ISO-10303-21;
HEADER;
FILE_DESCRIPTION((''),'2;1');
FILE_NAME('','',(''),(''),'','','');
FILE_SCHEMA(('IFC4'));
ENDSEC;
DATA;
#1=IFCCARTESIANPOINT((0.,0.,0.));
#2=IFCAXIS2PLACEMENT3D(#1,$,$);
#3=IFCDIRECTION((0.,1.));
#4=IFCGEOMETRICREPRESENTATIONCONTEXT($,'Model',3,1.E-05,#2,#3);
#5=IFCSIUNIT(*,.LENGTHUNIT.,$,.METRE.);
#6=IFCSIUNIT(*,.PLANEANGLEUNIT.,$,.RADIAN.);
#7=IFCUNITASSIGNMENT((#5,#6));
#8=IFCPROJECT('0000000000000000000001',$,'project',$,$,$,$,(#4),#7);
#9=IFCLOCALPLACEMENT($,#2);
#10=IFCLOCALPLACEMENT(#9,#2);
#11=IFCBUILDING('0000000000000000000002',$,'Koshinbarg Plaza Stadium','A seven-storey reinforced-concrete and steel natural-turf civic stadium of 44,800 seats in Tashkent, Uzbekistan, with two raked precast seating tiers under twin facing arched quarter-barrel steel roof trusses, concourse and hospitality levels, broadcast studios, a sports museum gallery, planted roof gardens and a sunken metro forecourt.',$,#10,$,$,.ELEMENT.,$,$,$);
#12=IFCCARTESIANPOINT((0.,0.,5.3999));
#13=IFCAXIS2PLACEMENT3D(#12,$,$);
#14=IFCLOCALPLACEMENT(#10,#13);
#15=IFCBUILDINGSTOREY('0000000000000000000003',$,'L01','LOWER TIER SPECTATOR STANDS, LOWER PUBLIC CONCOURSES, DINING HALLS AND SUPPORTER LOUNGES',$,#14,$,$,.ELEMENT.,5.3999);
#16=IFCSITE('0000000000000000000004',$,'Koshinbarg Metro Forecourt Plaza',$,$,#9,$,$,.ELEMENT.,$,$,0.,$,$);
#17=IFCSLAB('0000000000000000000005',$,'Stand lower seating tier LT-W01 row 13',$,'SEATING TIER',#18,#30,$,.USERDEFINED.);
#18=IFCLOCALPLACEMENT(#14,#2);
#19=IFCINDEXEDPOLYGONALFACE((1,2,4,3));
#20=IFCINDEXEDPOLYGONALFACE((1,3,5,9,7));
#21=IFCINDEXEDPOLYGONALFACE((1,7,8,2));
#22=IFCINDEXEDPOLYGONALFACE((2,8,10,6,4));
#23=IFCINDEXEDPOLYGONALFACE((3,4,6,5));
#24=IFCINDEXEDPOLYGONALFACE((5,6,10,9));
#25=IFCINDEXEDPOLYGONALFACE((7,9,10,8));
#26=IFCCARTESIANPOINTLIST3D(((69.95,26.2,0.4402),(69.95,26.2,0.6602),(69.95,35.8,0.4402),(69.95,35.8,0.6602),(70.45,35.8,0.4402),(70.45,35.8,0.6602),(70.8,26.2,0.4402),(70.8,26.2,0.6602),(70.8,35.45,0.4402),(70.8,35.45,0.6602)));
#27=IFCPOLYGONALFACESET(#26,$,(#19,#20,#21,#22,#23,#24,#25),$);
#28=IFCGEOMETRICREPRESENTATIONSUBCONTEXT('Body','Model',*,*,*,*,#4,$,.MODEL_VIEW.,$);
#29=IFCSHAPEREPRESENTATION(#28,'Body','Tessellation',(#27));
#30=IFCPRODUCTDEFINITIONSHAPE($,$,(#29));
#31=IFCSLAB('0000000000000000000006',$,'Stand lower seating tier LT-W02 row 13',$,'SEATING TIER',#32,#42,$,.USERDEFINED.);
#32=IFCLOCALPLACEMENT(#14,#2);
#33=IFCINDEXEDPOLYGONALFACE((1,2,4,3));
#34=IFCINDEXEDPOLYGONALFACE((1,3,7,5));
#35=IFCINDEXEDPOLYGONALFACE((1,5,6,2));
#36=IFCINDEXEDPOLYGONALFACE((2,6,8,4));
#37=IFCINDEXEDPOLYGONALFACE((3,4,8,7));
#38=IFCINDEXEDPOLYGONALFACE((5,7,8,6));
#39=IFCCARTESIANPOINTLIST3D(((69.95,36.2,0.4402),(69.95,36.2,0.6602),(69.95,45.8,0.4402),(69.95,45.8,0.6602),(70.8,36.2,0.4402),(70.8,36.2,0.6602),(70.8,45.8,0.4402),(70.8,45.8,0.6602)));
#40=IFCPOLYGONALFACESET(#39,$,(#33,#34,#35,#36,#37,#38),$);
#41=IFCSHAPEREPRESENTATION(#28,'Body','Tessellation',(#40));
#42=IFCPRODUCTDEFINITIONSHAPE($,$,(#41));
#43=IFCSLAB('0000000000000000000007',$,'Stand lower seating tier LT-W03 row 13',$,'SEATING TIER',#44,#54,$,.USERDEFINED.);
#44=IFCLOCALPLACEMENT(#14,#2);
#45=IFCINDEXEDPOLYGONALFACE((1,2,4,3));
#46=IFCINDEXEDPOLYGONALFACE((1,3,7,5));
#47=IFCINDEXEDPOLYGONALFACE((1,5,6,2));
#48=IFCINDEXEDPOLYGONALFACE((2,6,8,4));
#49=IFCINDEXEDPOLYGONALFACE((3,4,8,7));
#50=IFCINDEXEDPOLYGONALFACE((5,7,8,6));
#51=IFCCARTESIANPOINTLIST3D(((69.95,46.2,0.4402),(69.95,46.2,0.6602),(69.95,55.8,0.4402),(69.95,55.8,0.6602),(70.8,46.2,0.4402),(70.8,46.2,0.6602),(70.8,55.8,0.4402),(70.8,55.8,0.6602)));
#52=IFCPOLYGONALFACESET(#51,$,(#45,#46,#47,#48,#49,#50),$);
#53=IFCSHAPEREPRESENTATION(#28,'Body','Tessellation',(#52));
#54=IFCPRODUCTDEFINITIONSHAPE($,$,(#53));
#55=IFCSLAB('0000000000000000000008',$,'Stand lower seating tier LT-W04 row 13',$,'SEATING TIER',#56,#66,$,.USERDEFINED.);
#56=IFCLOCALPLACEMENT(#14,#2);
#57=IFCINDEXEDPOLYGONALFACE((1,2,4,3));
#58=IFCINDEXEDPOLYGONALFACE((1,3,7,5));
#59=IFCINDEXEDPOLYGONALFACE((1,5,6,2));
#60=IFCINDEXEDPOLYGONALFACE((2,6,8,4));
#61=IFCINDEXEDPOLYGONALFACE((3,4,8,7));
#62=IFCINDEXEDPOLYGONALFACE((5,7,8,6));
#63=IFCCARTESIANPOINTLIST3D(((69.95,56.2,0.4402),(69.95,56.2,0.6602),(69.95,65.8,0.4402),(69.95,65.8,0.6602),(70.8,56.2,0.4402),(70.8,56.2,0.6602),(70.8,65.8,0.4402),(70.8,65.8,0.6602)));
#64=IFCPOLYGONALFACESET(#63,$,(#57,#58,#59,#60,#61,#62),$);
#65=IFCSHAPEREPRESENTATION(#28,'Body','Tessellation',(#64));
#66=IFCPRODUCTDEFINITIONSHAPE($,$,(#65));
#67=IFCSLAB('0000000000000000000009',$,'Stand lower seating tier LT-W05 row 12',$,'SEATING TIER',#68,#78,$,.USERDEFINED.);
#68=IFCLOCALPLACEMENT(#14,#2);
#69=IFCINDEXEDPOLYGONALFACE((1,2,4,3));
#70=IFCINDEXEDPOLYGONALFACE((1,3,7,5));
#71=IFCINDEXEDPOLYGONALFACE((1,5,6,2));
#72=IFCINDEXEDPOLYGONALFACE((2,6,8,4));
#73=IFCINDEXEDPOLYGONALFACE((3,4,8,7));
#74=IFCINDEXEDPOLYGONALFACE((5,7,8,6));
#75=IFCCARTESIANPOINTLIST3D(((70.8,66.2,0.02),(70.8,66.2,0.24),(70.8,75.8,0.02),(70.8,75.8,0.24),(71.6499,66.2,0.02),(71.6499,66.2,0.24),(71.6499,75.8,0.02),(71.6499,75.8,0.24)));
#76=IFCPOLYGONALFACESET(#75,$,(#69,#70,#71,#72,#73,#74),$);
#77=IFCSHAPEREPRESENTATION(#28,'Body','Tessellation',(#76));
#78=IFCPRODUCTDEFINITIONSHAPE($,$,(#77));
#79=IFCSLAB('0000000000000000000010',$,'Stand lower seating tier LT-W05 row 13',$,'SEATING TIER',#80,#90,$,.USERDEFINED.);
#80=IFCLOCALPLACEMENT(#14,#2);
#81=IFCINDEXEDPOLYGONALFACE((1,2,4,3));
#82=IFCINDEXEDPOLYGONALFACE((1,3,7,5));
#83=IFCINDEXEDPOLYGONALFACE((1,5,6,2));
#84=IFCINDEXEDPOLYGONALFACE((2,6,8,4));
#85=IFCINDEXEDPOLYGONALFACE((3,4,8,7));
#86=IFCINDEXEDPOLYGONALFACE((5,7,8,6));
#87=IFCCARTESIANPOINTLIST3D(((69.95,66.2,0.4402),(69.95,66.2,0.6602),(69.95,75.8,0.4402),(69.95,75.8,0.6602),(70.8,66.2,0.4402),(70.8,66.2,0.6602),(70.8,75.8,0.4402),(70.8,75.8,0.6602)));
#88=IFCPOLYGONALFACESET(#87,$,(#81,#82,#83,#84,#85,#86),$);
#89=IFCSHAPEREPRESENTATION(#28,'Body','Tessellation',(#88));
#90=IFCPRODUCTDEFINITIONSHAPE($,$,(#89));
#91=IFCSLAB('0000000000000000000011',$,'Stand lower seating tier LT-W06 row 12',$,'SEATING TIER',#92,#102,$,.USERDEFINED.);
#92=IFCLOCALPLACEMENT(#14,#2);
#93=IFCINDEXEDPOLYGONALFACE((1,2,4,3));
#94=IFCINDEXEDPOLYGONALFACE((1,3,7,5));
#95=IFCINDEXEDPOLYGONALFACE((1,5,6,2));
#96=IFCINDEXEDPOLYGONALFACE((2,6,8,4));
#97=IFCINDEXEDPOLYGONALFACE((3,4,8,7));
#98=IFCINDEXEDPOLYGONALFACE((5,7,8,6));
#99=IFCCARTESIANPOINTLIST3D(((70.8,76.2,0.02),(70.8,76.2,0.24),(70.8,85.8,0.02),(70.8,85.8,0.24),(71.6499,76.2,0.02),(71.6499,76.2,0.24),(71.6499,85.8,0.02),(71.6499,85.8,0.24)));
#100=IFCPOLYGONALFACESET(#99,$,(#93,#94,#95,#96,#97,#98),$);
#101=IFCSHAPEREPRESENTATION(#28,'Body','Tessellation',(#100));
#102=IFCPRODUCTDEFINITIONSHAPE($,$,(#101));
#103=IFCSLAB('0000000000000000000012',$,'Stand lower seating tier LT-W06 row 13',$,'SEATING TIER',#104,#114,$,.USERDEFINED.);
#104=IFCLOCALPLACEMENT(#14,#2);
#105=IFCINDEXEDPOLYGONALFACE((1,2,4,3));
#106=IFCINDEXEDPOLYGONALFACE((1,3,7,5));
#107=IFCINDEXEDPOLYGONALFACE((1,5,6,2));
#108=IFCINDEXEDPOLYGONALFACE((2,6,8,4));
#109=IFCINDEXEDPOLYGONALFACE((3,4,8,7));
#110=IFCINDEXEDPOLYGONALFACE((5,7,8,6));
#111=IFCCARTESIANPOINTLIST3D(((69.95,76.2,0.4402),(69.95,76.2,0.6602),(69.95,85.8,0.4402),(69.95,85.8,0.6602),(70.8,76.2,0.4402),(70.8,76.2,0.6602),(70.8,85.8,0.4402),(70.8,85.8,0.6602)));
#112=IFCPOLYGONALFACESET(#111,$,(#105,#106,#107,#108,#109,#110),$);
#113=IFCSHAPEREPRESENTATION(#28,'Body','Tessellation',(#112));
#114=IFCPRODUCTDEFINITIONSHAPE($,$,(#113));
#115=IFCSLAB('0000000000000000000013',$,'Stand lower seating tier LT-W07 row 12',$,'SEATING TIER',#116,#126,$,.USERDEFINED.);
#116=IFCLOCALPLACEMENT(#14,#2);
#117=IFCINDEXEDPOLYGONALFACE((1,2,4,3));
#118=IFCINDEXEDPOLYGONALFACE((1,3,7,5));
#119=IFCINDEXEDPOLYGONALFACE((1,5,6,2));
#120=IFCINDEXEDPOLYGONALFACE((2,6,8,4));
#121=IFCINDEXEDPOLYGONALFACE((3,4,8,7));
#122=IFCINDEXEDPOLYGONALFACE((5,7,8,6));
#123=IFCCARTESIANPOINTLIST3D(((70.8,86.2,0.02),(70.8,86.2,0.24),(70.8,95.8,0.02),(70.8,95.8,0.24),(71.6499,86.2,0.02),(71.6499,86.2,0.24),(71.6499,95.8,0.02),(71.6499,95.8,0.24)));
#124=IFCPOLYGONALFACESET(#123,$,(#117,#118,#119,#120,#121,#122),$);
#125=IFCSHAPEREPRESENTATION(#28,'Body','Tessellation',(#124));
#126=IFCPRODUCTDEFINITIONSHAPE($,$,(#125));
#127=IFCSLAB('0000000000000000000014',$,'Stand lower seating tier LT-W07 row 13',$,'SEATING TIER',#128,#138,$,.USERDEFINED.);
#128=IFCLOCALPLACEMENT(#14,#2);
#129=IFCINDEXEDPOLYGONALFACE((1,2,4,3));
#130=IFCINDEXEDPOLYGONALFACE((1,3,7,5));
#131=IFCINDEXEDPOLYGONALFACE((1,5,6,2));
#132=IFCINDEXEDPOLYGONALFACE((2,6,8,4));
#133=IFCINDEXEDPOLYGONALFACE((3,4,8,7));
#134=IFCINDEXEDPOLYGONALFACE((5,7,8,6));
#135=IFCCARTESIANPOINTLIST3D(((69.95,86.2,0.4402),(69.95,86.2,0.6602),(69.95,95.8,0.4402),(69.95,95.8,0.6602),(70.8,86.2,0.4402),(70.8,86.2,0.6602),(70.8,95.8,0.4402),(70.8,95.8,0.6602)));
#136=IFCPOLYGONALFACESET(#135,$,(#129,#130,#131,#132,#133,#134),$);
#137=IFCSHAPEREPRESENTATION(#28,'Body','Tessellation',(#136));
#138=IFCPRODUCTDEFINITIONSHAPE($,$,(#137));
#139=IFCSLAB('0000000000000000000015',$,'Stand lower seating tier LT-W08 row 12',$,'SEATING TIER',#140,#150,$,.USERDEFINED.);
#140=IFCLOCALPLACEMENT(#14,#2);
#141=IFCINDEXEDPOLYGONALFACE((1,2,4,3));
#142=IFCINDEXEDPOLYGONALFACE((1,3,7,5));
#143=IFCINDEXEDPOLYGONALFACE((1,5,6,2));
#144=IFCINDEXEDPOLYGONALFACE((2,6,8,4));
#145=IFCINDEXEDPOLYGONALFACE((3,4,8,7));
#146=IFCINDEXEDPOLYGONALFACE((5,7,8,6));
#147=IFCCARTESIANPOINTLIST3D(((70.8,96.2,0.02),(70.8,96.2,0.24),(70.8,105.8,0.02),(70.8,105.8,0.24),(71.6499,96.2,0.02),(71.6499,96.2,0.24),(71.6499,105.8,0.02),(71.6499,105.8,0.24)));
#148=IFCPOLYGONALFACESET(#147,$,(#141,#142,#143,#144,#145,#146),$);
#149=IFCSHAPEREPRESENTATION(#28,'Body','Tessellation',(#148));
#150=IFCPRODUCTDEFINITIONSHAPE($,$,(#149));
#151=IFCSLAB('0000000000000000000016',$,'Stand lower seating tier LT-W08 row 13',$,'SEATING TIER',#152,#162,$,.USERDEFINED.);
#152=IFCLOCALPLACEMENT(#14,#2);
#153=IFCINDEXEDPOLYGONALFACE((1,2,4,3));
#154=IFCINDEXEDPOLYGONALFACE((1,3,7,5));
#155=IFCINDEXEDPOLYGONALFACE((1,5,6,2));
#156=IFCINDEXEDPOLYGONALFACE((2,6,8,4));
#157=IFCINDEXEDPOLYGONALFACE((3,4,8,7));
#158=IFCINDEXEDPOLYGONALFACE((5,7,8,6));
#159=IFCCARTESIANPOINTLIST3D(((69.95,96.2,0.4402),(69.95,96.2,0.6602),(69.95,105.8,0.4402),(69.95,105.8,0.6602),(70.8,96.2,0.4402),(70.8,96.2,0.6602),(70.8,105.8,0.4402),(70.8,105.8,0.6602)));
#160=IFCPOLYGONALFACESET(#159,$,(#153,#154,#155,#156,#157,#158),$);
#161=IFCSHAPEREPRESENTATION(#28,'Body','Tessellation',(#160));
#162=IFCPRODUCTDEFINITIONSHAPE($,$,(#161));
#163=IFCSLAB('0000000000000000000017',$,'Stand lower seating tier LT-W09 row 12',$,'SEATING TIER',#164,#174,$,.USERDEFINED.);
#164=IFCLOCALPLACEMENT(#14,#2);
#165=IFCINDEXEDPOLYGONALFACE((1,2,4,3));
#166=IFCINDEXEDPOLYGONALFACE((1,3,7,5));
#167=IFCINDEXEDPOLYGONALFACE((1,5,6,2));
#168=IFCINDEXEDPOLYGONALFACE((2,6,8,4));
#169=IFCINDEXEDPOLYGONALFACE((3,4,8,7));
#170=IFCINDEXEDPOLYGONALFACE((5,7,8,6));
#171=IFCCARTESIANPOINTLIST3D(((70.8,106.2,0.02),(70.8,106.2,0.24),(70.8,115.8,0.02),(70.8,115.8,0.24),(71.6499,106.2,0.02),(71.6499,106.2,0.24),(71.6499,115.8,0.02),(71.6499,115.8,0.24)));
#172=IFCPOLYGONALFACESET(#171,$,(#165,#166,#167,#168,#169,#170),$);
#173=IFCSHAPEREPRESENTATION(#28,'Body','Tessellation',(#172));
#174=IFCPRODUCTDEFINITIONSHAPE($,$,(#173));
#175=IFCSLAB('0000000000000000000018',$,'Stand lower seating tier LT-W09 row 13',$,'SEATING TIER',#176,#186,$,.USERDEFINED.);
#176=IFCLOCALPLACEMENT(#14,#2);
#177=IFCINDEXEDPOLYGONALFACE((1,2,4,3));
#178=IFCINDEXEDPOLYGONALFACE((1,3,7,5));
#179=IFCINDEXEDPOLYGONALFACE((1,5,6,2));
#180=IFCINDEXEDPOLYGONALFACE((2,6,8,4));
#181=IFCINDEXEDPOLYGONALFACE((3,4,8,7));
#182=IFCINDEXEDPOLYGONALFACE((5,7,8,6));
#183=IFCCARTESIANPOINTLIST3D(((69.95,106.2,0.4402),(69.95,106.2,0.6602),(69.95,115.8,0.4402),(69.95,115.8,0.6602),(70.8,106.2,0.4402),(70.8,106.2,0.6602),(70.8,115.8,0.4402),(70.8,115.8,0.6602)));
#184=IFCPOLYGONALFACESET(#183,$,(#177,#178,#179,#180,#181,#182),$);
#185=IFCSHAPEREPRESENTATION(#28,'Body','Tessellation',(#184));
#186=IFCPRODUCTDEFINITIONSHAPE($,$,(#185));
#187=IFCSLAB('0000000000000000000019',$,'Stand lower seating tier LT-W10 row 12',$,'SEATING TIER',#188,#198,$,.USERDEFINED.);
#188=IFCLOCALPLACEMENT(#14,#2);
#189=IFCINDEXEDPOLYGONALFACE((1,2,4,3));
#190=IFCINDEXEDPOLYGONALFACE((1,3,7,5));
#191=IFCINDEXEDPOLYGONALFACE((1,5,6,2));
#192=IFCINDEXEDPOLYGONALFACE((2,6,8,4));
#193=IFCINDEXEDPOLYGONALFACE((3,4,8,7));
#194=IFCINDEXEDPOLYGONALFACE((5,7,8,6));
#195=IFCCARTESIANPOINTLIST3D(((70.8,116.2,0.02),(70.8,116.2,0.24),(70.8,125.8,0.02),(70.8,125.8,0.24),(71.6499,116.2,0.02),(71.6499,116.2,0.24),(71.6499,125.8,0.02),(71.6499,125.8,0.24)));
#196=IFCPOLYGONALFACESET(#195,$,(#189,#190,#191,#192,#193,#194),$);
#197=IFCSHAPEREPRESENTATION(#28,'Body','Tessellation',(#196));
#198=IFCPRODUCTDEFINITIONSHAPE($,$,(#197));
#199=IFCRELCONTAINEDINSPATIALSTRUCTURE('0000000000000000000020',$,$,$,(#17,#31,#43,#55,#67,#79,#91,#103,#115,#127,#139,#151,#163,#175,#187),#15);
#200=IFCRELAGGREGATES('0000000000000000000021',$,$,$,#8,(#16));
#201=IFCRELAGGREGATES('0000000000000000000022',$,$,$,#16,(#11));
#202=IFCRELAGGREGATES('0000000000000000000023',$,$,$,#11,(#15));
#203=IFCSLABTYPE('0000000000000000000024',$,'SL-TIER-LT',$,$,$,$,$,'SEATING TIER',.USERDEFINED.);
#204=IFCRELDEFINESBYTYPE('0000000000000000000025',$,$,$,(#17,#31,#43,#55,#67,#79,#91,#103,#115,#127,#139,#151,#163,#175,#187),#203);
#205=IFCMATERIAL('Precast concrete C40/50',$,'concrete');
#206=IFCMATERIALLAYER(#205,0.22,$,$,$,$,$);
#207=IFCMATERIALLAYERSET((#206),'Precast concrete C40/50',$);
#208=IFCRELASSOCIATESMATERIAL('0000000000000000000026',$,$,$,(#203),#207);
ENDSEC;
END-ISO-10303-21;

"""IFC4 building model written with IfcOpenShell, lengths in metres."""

from ifc_helpers import new_model, si_unit, direction, frame, origin, place, context, subcontext, project, spatial, polyline, outline, extrude, material, layer, layer_set, type_object, element, save


model = new_model("IFC4")

# Units and contexts
model_context = context("Model", 3, precision=1e-05, world=origin(), true_north=direction((0.0, 1.0)))
body_context = subcontext(model_context, "Body", "Model", "MODEL_VIEW")
ifc_project = project(units=[si_unit("LENGTHUNIT", "METRE"), si_unit("PLANEANGLEUNIT", "RADIAN")], contexts=[model_context])

# Site, building, storey
site_placement = place(None, origin())
site = spatial("IfcSite", under=ifc_project, at=site_placement, Name="Koshinbarg Metro Forecourt Plaza", CompositionType="ELEMENT", RefElevation=0.0)
building_placement = place(site_placement, origin())
building = spatial("IfcBuilding", under=site, at=building_placement, Name="Koshinbarg Plaza Stadium", Description="A seven-storey reinforced-concrete and steel natural-turf civic stadium of 44,800 seats in Tashkent, Uzbekistan, with two raked precast seating tiers under twin facing arched quarter-barrel steel roof trusses, concourse and hospitality levels, broadcast studios, a sports museum gallery, planted roof gardens and a sunken metro forecourt.", CompositionType="ELEMENT")
storey_placement = place(building_placement, frame((0.0, 0.0, 5.3999)))
storey = spatial("IfcBuildingStorey", under=building, at=storey_placement, Name="L01", Description="LOWER TIER SPECTATOR STANDS, LOWER PUBLIC CONCOURSES, DINING HALLS AND SUPPORTER LOUNGES", CompositionType="ELEMENT", Elevation=5.3999)

# Slabs
ifc_material = material(Name="Precast concrete C40/50", Category="concrete")
ifc_layer = layer(ifc_material, 0.22)
ifc_layer_set = layer_set([ifc_layer], Name="Precast concrete C40/50")
slab_type = type_object("IfcSlabType", Name="SL-TIER-LT", ElementType="SEATING TIER", PredefinedType="USERDEFINED", material=ifc_layer_set)
slab_1_placement = place(storey_placement, frame((0.0, 0.0, 0.4402)))
element("IfcSlab", 1, at=slab_1_placement, inside=storey, type_object=slab_type, Name="Stand lower seating tier LT-W01 row 13", ObjectType="SEATING TIER", PredefinedType="USERDEFINED", context=body_context, shape_type="SweptSolid", body=[
    extrude(outline(polyline([(69.95, 26.2), (70.8, 26.2), (70.8, 35.45), (70.45, 35.8), (69.95, 35.8), (69.95, 26.2)])), origin(), (0.0, 0.0, 1.0), 0.22),
])
slab_2_placement = place(storey_placement, frame((0.0, 0.0, 0.4402)))
element("IfcSlab", 2, at=slab_2_placement, inside=storey, type_object=slab_type, Name="Stand lower seating tier LT-W02 row 13", ObjectType="SEATING TIER", PredefinedType="USERDEFINED", context=body_context, shape_type="SweptSolid", body=[
    extrude(outline(polyline([(69.95, 36.2), (70.8, 36.2), (70.8, 45.8), (69.95, 45.8), (69.95, 36.2)])), origin(), (0.0, 0.0, 1.0), 0.22),
])
slab_3_placement = place(storey_placement, frame((0.0, 0.0, 0.4402)))
element("IfcSlab", 3, at=slab_3_placement, inside=storey, type_object=slab_type, Name="Stand lower seating tier LT-W03 row 13", ObjectType="SEATING TIER", PredefinedType="USERDEFINED", context=body_context, shape_type="SweptSolid", body=[
    extrude(outline(polyline([(69.95, 46.2), (70.8, 46.2), (70.8, 55.8), (69.95, 55.8), (69.95, 46.2)])), origin(), (0.0, 0.0, 1.0), 0.22),
])
slab_4_placement = place(storey_placement, frame((0.0, 0.0, 0.4402)))
element("IfcSlab", 4, at=slab_4_placement, inside=storey, type_object=slab_type, Name="Stand lower seating tier LT-W04 row 13", ObjectType="SEATING TIER", PredefinedType="USERDEFINED", context=body_context, shape_type="SweptSolid", body=[
    extrude(outline(polyline([(69.95, 56.2), (70.8, 56.2), (70.8, 65.8), (69.95, 65.8), (69.95, 56.2)])), origin(), (0.0, 0.0, 1.0), 0.22),
])
slab_5_placement = place(storey_placement, frame((0.0, 0.0, 0.02)))
element("IfcSlab", 5, at=slab_5_placement, inside=storey, type_object=slab_type, Name="Stand lower seating tier LT-W05 row 12", ObjectType="SEATING TIER", PredefinedType="USERDEFINED", context=body_context, shape_type="SweptSolid", body=[
    extrude(outline(polyline([(70.8, 66.2), (71.6499, 66.2), (71.6499, 75.8), (70.8, 75.8), (70.8, 66.2)])), origin(), (0.0, 0.0, 1.0), 0.22),
])
slab_6_placement = place(storey_placement, frame((0.0, 0.0, 0.4402)))
element("IfcSlab", 6, at=slab_6_placement, inside=storey, type_object=slab_type, Name="Stand lower seating tier LT-W05 row 13", ObjectType="SEATING TIER", PredefinedType="USERDEFINED", context=body_context, shape_type="SweptSolid", body=[
    extrude(outline(polyline([(69.95, 66.2), (70.8, 66.2), (70.8, 75.8), (69.95, 75.8), (69.95, 66.2)])), origin(), (0.0, 0.0, 1.0), 0.22),
])
slab_7_placement = place(storey_placement, frame((0.0, 0.0, 0.02)))
element("IfcSlab", 7, at=slab_7_placement, inside=storey, type_object=slab_type, Name="Stand lower seating tier LT-W06 row 12", ObjectType="SEATING TIER", PredefinedType="USERDEFINED", context=body_context, shape_type="SweptSolid", body=[
    extrude(outline(polyline([(70.8, 76.2), (71.6499, 76.2), (71.6499, 85.8), (70.8, 85.8), (70.8, 76.2)])), origin(), (0.0, 0.0, 1.0), 0.22),
])
slab_8_placement = place(storey_placement, frame((0.0, 0.0, 0.4402)))
element("IfcSlab", 8, at=slab_8_placement, inside=storey, type_object=slab_type, Name="Stand lower seating tier LT-W06 row 13", ObjectType="SEATING TIER", PredefinedType="USERDEFINED", context=body_context, shape_type="SweptSolid", body=[
    extrude(outline(polyline([(69.95, 76.2), (70.8, 76.2), (70.8, 85.8), (69.95, 85.8), (69.95, 76.2)])), origin(), (0.0, 0.0, 1.0), 0.22),
])
slab_9_placement = place(storey_placement, frame((0.0, 0.0, 0.02)))
element("IfcSlab", 9, at=slab_9_placement, inside=storey, type_object=slab_type, Name="Stand lower seating tier LT-W07 row 12", ObjectType="SEATING TIER", PredefinedType="USERDEFINED", context=body_context, shape_type="SweptSolid", body=[
    extrude(outline(polyline([(70.8, 86.2), (71.6499, 86.2), (71.6499, 95.8), (70.8, 95.8), (70.8, 86.2)])), origin(), (0.0, 0.0, 1.0), 0.22),
])
slab_10_placement = place(storey_placement, frame((0.0, 0.0, 0.4402)))
element("IfcSlab", 10, at=slab_10_placement, inside=storey, type_object=slab_type, Name="Stand lower seating tier LT-W07 row 13", ObjectType="SEATING TIER", PredefinedType="USERDEFINED", context=body_context, shape_type="SweptSolid", body=[
    extrude(outline(polyline([(69.95, 86.2), (70.8, 86.2), (70.8, 95.8), (69.95, 95.8), (69.95, 86.2)])), origin(), (0.0, 0.0, 1.0), 0.22),
])
slab_11_placement = place(storey_placement, frame((0.0, 0.0, 0.02)))
element("IfcSlab", 11, at=slab_11_placement, inside=storey, type_object=slab_type, Name="Stand lower seating tier LT-W08 row 12", ObjectType="SEATING TIER", PredefinedType="USERDEFINED", context=body_context, shape_type="SweptSolid", body=[
    extrude(outline(polyline([(70.8, 96.2), (71.6499, 96.2), (71.6499, 105.8), (70.8, 105.8), (70.8, 96.2)])), origin(), (0.0, 0.0, 1.0), 0.22),
])
slab_12_placement = place(storey_placement, frame((0.0, 0.0, 0.4402)))
element("IfcSlab", 12, at=slab_12_placement, inside=storey, type_object=slab_type, Name="Stand lower seating tier LT-W08 row 13", ObjectType="SEATING TIER", PredefinedType="USERDEFINED", context=body_context, shape_type="SweptSolid", body=[
    extrude(outline(polyline([(69.95, 96.2), (70.8, 96.2), (70.8, 105.8), (69.95, 105.8), (69.95, 96.2)])), origin(), (0.0, 0.0, 1.0), 0.22),
])
slab_13_placement = place(storey_placement, frame((0.0, 0.0, 0.02)))
element("IfcSlab", 13, at=slab_13_placement, inside=storey, type_object=slab_type, Name="Stand lower seating tier LT-W09 row 12", ObjectType="SEATING TIER", PredefinedType="USERDEFINED", context=body_context, shape_type="SweptSolid", body=[
    extrude(outline(polyline([(70.8, 106.2), (71.6499, 106.2), (71.6499, 115.8), (70.8, 115.8), (70.8, 106.2)])), origin(), (0.0, 0.0, 1.0), 0.22),
])
slab_14_placement = place(storey_placement, frame((0.0, 0.0, 0.4402)))
element("IfcSlab", 14, at=slab_14_placement, inside=storey, type_object=slab_type, Name="Stand lower seating tier LT-W09 row 13", ObjectType="SEATING TIER", PredefinedType="USERDEFINED", context=body_context, shape_type="SweptSolid", body=[
    extrude(outline(polyline([(69.95, 106.2), (70.8, 106.2), (70.8, 115.8), (69.95, 115.8), (69.95, 106.2)])), origin(), (0.0, 0.0, 1.0), 0.22),
])
slab_15_placement = place(storey_placement, frame((0.0, 0.0, 0.02)))
element("IfcSlab", 15, at=slab_15_placement, inside=storey, type_object=slab_type, Name="Stand lower seating tier LT-W10 row 12", ObjectType="SEATING TIER", PredefinedType="USERDEFINED", context=body_context, shape_type="SweptSolid", body=[
    extrude(outline(polyline([(70.8, 116.2), (71.6499, 116.2), (71.6499, 125.8), (70.8, 125.8), (70.8, 116.2)])), origin(), (0.0, 0.0, 1.0), 0.22),
])

save(model, "model.ifc")
